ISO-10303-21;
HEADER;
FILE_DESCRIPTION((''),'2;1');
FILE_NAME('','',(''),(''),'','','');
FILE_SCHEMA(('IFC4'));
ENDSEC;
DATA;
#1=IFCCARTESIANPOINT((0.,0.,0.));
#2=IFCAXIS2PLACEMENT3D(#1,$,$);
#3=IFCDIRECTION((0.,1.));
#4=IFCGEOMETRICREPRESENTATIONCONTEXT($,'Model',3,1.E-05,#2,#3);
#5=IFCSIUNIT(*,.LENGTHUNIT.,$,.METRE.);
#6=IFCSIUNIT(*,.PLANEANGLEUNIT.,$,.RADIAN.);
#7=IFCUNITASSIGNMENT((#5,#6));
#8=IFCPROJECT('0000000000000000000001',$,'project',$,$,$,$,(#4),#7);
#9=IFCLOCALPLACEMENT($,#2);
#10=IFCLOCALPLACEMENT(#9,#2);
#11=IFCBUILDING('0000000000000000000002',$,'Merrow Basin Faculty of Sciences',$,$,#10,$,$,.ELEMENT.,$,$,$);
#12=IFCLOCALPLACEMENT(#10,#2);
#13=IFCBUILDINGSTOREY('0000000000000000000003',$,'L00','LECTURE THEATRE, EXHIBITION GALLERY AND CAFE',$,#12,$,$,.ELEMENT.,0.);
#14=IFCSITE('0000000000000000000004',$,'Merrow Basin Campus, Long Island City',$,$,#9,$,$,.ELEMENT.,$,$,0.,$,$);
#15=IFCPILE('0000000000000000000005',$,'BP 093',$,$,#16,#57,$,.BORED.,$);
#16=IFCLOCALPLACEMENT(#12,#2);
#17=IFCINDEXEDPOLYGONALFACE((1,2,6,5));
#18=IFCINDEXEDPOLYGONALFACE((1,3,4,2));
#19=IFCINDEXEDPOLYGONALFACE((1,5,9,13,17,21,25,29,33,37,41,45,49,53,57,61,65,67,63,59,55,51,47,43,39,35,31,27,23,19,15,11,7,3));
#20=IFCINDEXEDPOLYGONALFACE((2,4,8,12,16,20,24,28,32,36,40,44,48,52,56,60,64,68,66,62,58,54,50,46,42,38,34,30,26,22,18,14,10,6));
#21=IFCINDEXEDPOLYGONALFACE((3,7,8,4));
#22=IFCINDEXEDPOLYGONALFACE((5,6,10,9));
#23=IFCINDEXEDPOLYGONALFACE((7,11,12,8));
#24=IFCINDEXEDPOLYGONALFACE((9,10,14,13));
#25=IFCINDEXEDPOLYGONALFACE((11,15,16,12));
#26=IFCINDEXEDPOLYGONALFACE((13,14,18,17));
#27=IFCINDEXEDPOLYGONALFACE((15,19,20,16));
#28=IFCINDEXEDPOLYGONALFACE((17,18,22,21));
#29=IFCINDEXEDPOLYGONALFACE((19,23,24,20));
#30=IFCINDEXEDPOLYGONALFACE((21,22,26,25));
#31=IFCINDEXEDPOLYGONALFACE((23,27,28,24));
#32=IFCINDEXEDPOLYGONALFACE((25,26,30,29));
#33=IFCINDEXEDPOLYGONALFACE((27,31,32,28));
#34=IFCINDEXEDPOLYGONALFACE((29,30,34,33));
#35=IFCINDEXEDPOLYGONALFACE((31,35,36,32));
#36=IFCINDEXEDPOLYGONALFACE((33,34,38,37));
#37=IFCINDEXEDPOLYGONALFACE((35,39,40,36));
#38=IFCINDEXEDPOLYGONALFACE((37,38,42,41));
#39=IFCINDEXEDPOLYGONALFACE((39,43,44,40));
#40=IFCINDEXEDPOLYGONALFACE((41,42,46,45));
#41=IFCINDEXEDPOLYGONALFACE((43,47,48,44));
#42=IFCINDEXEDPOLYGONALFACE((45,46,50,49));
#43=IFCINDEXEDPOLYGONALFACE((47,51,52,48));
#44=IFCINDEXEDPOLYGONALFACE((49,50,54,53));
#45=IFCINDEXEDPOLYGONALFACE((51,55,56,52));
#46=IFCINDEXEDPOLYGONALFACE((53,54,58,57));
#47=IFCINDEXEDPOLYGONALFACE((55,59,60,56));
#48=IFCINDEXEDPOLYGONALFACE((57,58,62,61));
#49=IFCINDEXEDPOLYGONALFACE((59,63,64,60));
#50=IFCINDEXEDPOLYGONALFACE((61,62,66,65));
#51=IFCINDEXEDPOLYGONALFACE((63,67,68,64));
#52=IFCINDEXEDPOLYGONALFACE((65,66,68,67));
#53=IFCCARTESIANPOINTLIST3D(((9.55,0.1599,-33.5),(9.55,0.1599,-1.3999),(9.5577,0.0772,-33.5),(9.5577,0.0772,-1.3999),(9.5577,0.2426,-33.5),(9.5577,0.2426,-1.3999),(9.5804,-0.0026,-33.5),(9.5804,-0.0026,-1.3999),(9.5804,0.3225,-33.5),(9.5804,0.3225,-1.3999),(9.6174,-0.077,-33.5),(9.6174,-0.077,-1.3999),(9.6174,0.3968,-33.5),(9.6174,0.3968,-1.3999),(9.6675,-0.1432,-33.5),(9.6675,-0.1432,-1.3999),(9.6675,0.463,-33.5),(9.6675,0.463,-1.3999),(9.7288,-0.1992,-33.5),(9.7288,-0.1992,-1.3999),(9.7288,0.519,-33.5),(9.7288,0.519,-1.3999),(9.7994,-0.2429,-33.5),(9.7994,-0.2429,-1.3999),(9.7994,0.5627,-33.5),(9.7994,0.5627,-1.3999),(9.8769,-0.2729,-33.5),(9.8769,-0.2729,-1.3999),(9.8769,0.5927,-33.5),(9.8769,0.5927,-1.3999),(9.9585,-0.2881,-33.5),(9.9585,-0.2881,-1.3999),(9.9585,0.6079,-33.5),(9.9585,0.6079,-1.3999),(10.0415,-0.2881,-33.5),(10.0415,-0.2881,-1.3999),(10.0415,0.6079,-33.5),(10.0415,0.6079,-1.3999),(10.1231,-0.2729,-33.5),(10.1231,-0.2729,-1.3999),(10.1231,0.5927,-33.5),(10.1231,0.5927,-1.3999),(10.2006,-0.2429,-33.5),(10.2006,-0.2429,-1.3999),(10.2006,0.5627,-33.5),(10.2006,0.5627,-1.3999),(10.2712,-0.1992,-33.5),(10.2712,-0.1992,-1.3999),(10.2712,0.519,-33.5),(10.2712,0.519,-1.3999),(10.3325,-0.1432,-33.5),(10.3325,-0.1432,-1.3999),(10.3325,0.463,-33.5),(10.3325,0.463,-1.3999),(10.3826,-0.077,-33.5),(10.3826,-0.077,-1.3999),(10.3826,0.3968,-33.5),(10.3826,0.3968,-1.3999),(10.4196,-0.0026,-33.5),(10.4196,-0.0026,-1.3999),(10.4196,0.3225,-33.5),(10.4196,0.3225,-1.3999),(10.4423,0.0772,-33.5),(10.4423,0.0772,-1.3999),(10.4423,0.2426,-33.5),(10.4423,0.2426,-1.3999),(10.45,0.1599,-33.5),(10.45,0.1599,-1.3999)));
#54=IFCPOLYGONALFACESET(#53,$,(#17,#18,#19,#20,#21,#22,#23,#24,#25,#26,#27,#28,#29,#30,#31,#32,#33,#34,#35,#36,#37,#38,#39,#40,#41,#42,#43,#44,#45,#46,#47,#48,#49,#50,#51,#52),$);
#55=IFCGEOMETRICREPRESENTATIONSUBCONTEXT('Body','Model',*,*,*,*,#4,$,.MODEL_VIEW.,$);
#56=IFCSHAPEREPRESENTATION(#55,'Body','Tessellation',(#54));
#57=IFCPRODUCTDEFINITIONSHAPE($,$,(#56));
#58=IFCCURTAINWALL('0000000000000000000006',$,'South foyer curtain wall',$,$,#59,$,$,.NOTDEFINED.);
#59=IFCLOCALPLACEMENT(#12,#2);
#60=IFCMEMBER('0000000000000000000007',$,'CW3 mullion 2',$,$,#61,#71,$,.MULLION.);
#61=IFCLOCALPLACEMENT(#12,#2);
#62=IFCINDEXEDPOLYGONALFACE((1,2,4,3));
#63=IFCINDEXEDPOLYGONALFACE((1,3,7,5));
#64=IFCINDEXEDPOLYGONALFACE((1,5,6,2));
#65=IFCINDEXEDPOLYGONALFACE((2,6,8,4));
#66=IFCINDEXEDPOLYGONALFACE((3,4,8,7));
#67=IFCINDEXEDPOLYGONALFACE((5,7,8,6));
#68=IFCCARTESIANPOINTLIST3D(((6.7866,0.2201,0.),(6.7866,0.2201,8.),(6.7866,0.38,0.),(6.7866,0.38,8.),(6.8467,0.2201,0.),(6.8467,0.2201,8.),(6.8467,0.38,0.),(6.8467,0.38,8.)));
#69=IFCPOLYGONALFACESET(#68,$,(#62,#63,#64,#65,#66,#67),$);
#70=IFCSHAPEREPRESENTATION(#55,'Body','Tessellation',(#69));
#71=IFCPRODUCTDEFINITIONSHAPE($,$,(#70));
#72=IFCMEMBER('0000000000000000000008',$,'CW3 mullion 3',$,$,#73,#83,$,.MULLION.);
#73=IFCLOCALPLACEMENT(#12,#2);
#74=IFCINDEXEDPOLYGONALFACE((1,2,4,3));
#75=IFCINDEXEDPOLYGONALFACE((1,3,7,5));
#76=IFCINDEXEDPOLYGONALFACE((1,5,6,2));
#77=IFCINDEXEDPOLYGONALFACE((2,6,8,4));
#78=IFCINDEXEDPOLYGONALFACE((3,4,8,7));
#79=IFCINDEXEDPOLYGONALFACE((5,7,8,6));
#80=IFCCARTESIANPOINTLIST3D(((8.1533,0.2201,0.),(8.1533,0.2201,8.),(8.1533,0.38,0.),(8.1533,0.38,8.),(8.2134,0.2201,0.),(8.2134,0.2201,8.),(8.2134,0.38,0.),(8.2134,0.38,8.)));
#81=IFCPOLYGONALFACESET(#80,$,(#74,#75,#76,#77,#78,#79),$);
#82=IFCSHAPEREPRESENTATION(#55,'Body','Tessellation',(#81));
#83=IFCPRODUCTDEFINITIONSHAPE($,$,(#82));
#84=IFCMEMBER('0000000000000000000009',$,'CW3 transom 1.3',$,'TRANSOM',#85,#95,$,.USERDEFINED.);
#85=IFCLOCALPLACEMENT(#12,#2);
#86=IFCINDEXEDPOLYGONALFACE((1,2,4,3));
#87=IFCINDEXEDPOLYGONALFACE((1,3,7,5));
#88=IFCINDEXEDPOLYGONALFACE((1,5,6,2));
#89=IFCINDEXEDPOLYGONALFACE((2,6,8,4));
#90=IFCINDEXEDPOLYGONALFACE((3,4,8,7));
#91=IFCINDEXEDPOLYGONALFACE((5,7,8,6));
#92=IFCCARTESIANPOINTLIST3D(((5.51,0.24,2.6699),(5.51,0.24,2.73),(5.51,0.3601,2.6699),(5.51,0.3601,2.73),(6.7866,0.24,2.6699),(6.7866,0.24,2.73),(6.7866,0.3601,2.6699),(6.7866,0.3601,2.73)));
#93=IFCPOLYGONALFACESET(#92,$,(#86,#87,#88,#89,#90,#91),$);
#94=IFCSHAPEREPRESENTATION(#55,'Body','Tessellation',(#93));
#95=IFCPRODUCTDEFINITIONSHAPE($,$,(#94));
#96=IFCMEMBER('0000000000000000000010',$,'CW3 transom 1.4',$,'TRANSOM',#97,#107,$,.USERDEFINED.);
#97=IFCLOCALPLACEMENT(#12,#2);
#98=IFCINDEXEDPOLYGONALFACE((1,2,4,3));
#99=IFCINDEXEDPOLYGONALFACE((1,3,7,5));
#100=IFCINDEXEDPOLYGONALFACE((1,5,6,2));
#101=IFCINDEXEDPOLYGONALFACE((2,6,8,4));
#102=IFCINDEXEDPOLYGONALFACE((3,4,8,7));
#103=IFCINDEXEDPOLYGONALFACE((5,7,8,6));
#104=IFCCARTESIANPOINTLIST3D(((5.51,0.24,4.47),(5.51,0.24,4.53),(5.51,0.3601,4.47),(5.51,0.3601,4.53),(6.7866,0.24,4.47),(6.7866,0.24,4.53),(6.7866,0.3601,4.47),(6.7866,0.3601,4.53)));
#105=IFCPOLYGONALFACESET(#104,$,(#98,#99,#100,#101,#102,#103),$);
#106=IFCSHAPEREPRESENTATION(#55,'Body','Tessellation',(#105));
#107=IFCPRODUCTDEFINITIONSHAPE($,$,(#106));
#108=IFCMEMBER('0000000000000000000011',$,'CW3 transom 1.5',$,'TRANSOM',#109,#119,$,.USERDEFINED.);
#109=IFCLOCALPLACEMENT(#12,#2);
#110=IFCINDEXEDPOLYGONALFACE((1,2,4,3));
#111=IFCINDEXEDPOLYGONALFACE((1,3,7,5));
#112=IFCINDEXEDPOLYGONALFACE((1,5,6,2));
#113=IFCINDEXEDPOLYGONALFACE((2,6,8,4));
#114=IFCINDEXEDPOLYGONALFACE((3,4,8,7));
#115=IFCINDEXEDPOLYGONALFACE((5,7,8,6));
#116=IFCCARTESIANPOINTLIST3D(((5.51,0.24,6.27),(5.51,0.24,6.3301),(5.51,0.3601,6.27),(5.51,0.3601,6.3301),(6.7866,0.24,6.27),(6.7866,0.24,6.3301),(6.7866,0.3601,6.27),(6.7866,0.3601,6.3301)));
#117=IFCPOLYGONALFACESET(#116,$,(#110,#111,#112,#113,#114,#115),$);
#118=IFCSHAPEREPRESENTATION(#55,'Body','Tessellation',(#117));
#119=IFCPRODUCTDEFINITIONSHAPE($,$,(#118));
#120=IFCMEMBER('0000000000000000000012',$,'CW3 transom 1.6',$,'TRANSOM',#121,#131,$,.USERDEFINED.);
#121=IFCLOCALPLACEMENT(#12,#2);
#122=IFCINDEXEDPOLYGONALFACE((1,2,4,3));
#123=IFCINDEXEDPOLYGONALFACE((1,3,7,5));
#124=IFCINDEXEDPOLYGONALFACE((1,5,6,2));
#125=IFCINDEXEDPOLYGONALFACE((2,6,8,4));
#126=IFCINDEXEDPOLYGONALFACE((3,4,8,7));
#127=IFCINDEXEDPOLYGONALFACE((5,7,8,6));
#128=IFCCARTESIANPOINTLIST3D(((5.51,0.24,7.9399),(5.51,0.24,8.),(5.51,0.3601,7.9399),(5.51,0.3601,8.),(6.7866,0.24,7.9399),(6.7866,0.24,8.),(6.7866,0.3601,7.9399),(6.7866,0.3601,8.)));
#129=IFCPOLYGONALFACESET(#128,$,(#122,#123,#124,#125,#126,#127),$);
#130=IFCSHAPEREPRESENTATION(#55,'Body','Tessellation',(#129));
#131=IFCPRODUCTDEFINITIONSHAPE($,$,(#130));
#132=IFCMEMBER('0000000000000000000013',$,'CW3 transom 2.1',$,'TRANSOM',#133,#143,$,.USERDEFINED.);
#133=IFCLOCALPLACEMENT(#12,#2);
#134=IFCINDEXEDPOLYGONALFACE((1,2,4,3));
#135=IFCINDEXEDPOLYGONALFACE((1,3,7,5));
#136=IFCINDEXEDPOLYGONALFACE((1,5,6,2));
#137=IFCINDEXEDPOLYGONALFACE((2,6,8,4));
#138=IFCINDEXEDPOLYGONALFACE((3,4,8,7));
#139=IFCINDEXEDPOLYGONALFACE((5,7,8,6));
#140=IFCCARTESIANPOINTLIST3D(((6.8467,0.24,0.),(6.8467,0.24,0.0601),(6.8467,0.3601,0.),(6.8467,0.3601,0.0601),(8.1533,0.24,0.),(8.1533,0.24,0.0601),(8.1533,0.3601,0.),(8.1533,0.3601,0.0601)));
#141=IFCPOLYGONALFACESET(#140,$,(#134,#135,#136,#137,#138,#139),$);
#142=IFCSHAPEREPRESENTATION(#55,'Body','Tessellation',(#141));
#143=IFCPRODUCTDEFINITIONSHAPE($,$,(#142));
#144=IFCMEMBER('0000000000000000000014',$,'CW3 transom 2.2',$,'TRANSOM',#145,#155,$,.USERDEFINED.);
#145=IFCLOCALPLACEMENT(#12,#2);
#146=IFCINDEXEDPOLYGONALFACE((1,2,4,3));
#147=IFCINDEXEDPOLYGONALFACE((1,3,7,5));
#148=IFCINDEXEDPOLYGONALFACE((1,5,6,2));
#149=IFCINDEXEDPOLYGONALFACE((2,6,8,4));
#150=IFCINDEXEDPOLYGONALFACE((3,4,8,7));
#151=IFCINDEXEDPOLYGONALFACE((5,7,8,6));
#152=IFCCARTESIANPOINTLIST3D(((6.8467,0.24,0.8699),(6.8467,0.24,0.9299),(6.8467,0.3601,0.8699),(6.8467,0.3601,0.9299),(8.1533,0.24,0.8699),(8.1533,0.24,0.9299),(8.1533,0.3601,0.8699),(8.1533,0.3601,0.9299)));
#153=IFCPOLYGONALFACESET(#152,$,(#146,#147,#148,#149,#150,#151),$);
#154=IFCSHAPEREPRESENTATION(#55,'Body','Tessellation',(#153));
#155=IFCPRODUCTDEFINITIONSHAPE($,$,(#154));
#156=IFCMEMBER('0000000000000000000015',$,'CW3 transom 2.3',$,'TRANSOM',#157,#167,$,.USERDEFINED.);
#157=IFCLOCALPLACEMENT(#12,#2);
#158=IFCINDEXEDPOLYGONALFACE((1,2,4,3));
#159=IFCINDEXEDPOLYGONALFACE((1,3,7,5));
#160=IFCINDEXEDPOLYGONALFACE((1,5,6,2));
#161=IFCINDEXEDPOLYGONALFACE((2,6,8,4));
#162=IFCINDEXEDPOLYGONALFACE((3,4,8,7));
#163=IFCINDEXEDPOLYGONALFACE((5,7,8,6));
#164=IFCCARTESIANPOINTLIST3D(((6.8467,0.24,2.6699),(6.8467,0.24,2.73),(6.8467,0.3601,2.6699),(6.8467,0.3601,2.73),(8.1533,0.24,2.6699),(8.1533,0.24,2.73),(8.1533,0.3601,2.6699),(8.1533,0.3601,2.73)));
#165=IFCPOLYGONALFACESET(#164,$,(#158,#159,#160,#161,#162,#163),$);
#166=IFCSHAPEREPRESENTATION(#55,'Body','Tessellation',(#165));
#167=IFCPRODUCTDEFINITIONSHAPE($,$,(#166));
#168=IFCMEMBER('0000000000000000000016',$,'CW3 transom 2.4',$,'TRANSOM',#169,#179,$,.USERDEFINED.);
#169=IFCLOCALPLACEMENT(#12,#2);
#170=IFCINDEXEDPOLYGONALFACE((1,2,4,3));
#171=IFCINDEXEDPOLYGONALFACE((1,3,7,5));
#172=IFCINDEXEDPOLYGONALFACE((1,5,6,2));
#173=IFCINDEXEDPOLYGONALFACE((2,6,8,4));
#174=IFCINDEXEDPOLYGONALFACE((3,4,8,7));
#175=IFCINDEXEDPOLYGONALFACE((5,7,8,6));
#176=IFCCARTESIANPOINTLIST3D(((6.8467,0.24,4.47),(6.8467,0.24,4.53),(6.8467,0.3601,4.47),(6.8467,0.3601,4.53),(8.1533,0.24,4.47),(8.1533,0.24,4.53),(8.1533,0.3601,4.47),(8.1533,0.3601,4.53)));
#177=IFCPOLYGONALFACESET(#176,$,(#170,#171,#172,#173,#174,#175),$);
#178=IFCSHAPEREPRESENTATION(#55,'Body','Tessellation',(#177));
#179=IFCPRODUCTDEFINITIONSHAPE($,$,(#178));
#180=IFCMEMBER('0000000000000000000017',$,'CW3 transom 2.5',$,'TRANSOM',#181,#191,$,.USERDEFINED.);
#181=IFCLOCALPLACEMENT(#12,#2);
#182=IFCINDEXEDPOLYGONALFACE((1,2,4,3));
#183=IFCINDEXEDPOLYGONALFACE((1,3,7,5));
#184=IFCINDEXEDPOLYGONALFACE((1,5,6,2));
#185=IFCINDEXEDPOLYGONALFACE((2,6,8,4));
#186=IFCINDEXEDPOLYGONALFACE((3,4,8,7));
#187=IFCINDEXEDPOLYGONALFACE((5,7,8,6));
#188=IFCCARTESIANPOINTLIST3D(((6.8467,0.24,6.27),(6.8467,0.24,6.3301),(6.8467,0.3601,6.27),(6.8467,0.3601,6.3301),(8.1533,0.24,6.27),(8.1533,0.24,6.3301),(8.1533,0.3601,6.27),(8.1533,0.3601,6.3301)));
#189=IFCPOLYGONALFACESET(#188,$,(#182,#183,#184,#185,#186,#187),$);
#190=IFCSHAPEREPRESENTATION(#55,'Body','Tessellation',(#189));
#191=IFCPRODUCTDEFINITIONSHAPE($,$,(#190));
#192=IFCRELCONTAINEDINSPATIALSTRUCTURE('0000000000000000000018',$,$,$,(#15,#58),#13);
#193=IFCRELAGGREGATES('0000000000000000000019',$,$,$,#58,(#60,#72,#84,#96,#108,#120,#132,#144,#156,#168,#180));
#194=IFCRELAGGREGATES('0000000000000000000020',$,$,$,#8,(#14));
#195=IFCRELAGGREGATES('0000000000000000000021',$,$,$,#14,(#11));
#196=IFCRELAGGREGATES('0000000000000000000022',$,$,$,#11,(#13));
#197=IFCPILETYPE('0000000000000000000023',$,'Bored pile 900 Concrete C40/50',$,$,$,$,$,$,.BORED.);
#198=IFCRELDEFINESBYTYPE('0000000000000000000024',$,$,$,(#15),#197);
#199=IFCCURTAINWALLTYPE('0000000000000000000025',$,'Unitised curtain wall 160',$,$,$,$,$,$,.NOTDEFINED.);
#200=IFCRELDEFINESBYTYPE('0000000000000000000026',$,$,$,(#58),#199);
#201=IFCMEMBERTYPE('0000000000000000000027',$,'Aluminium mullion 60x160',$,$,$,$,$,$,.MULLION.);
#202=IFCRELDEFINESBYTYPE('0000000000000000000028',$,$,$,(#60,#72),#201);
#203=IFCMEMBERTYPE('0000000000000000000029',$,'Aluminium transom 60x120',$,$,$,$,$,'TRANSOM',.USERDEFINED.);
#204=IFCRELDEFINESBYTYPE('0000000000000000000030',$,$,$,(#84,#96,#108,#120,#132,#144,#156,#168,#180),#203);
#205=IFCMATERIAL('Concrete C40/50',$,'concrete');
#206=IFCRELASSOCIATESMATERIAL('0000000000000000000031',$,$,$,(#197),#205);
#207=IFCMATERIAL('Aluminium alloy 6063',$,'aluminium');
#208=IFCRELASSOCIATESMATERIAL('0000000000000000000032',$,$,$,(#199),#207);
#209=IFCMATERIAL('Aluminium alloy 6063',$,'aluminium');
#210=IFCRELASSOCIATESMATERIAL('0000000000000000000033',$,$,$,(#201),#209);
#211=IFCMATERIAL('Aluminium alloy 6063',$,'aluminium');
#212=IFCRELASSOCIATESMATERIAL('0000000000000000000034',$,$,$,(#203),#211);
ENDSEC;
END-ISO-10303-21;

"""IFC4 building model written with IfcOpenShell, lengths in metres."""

from ifc_helpers import new_model, si_unit, direction, frame, origin, origin_2d, place, context, subcontext, project, spatial, rectangle, circle, extrude, material, material_profile, profile_set, type_object, element, aggregate, save


model = new_model("IFC4")

# Units and contexts
model_context = context("Model", 3, precision=1e-05, world=origin(), true_north=direction((0.0, 1.0)))
body_context = subcontext(model_context, "Body", "Model", "MODEL_VIEW")
ifc_project = project(units=[si_unit("LENGTHUNIT", "METRE"), si_unit("PLANEANGLEUNIT", "RADIAN")], contexts=[model_context])

# Site, building, storey
site_placement = place(None, origin())
site = spatial("IfcSite", under=ifc_project, at=site_placement, Name="Merrow Basin Campus, Long Island City", CompositionType="ELEMENT", RefElevation=0.0)
building_placement = place(site_placement, origin())
building = spatial("IfcBuilding", under=site, at=building_placement, Name="Merrow Basin Faculty of Sciences", CompositionType="ELEMENT")
storey_placement = place(building_placement, origin())
storey = spatial("IfcBuildingStorey", under=building, at=storey_placement, Name="L00", Description="LECTURE THEATRE, EXHIBITION GALLERY AND CAFE", CompositionType="ELEMENT", Elevation=0.0)

# Pile
ifc_material_1 = material(Name="Concrete C40/50", Category="concrete")
ifc_material_profile_1 = material_profile(ifc_material_1, circle(Radius=0.45, at=origin_2d()))
ifc_profile_set_1 = profile_set([ifc_material_profile_1], Name="Concrete C40/50")
pile_type = type_object("IfcPileType", Name="Bored pile 900 Concrete C40/50", PredefinedType="BORED", material=ifc_profile_set_1)
pile_placement = place(storey_placement, frame((10.0, 0.1599, -1.3999), z_axis=(0.0, 0.0, -1.0), x_axis=(1.0, 0.0, 0.0)))
element("IfcPile", 1, at=pile_placement, inside=storey, type_object=pile_type, Name="BP 093", PredefinedType="BORED", context=body_context, shape_type="SweptSolid", body=[
    extrude(circle(Radius=0.45, at=origin_2d()), origin(), (0.0, 0.0, 1.0), 32.1001),
])

# Curtain wall, members
ifc_material_2 = material(Name="Aluminium alloy 6063", Category="aluminium")
curtain_wall_type = type_object("IfcCurtainWallType", Name="Unitised curtain wall 160", PredefinedType="NOTDEFINED", material=ifc_material_2)
curtain_wall_placement = place(storey_placement, origin())
curtain_wall = element("IfcCurtainWall", 2, at=curtain_wall_placement, inside=storey, type_object=curtain_wall_type, Name="South foyer curtain wall", PredefinedType="NOTDEFINED")
ifc_material_3 = material(Name="Aluminium alloy 6063", Category="aluminium")
ifc_material_profile_2 = material_profile(ifc_material_3, rectangle(XDim=0.1599, YDim=0.0601, at=origin_2d()))
ifc_profile_set_2 = profile_set([ifc_material_profile_2], Name="Aluminium alloy 6063")
member_type_1 = type_object("IfcMemberType", Name="Aluminium mullion 60x160", PredefinedType="MULLION", material=ifc_profile_set_2)
member_1_placement = place(storey_placement, frame((6.8167, 0.3, 0.0), z_axis=(0.0, 0.0, 1.0), x_axis=(0.0, 1.0, 0.0)))
member_1 = element("IfcMember", 3, at=member_1_placement, type_object=member_type_1, Name="CW3 mullion 2", PredefinedType="MULLION", context=body_context, shape_type="SweptSolid", body=[
    extrude(rectangle(XDim=0.1599, YDim=0.0601, at=origin_2d()), origin(), (0.0, 0.0, 1.0), 8.0),
])
member_2_placement = place(storey_placement, frame((8.1833, 0.3, 0.0), z_axis=(0.0, 0.0, 1.0), x_axis=(0.0, 1.0, 0.0)))
member_2 = element("IfcMember", 4, at=member_2_placement, type_object=member_type_1, Name="CW3 mullion 3", PredefinedType="MULLION", context=body_context, shape_type="SweptSolid", body=[
    extrude(rectangle(XDim=0.1599, YDim=0.0601, at=origin_2d()), origin(), (0.0, 0.0, 1.0), 8.0),
])
ifc_material_4 = material(Name="Aluminium alloy 6063", Category="aluminium")
ifc_material_profile_3 = material_profile(ifc_material_4, rectangle(XDim=0.1201, YDim=0.0601, at=origin_2d()))
ifc_profile_set_3 = profile_set([ifc_material_profile_3], Name="Aluminium alloy 6063")
member_type_2 = type_object("IfcMemberType", Name="Aluminium transom 60x120", ElementType="TRANSOM", PredefinedType="USERDEFINED", material=ifc_profile_set_3)
member_3_placement = place(storey_placement, frame((5.51, 0.3, 2.7), z_axis=(1.0, 0.0, 0.0), x_axis=(0.0, 1.0, 0.0)))
member_3 = element("IfcMember", 5, at=member_3_placement, type_object=member_type_2, Name="CW3 transom 1.3", ObjectType="TRANSOM", PredefinedType="USERDEFINED", context=body_context, shape_type="SweptSolid", body=[
    extrude(rectangle(XDim=0.1201, YDim=0.0601, at=origin_2d()), origin(), (0.0, 0.0, 1.0), 1.2766),
])
member_4_placement = place(storey_placement, frame((5.51, 0.3, 4.5), z_axis=(1.0, 0.0, 0.0), x_axis=(0.0, 1.0, 0.0)))
member_4 = element("IfcMember", 6, at=member_4_placement, type_object=member_type_2, Name="CW3 transom 1.4", ObjectType="TRANSOM", PredefinedType="USERDEFINED", context=body_context, shape_type="SweptSolid", body=[
    extrude(rectangle(XDim=0.1201, YDim=0.0601, at=origin_2d()), origin(), (0.0, 0.0, 1.0), 1.2766),
])
member_5_placement = place(storey_placement, frame((5.51, 0.3, 6.3), z_axis=(1.0, 0.0, 0.0), x_axis=(0.0, 1.0, 0.0)))
member_5 = element("IfcMember", 7, at=member_5_placement, type_object=member_type_2, Name="CW3 transom 1.5", ObjectType="TRANSOM", PredefinedType="USERDEFINED", context=body_context, shape_type="SweptSolid", body=[
    extrude(rectangle(XDim=0.1201, YDim=0.0601, at=origin_2d()), origin(), (0.0, 0.0, 1.0), 1.2766),
])
member_6_placement = place(storey_placement, frame((5.51, 0.3, 7.97), z_axis=(1.0, 0.0, 0.0), x_axis=(0.0, 1.0, 0.0)))
member_6 = element("IfcMember", 8, at=member_6_placement, type_object=member_type_2, Name="CW3 transom 1.6", ObjectType="TRANSOM", PredefinedType="USERDEFINED", context=body_context, shape_type="SweptSolid", body=[
    extrude(rectangle(XDim=0.1201, YDim=0.0601, at=origin_2d()), origin(), (0.0, 0.0, 1.0), 1.2766),
])
member_7_placement = place(storey_placement, frame((6.8467, 0.3, 0.03), z_axis=(1.0, 0.0, 0.0), x_axis=(0.0, 1.0, 0.0)))
member_7 = element("IfcMember", 9, at=member_7_placement, type_object=member_type_2, Name="CW3 transom 2.1", ObjectType="TRANSOM", PredefinedType="USERDEFINED", context=body_context, shape_type="SweptSolid", body=[
    extrude(rectangle(XDim=0.1201, YDim=0.0601, at=origin_2d()), origin(), (0.0, 0.0, 1.0), 1.3066),
])
member_8_placement = place(storey_placement, frame((6.8467, 0.3, 0.8999), z_axis=(1.0, 0.0, 0.0), x_axis=(0.0, 1.0, 0.0)))
member_8 = element("IfcMember", 10, at=member_8_placement, type_object=member_type_2, Name="CW3 transom 2.2", ObjectType="TRANSOM", PredefinedType="USERDEFINED", context=body_context, shape_type="SweptSolid", body=[
    extrude(rectangle(XDim=0.1201, YDim=0.0601, at=origin_2d()), origin(), (0.0, 0.0, 1.0), 1.3066),
])
member_9_placement = place(storey_placement, frame((6.8467, 0.3, 2.7), z_axis=(1.0, 0.0, 0.0), x_axis=(0.0, 1.0, 0.0)))
member_9 = element("IfcMember", 11, at=member_9_placement, type_object=member_type_2, Name="CW3 transom 2.3", ObjectType="TRANSOM", PredefinedType="USERDEFINED", context=body_context, shape_type="SweptSolid", body=[
    extrude(rectangle(XDim=0.1201, YDim=0.0601, at=origin_2d()), origin(), (0.0, 0.0, 1.0), 1.3066),
])
member_10_placement = place(storey_placement, frame((6.8467, 0.3, 4.5), z_axis=(1.0, 0.0, 0.0), x_axis=(0.0, 1.0, 0.0)))
member_10 = element("IfcMember", 12, at=member_10_placement, type_object=member_type_2, Name="CW3 transom 2.4", ObjectType="TRANSOM", PredefinedType="USERDEFINED", context=body_context, shape_type="SweptSolid", body=[
    extrude(rectangle(XDim=0.1201, YDim=0.0601, at=origin_2d()), origin(), (0.0, 0.0, 1.0), 1.3066),
])
member_11_placement = place(storey_placement, frame((6.8467, 0.3, 6.3), z_axis=(1.0, 0.0, 0.0), x_axis=(0.0, 1.0, 0.0)))
member_11 = element("IfcMember", 13, at=member_11_placement, type_object=member_type_2, Name="CW3 transom 2.5", ObjectType="TRANSOM", PredefinedType="USERDEFINED", context=body_context, shape_type="SweptSolid", body=[
    extrude(rectangle(XDim=0.1201, YDim=0.0601, at=origin_2d()), origin(), (0.0, 0.0, 1.0), 1.3066),
])
aggregate(curtain_wall, [member_1, member_2, member_3, member_4, member_5, member_6, member_7, member_8, member_9, member_10, member_11])

save(model, "model.ifc")
